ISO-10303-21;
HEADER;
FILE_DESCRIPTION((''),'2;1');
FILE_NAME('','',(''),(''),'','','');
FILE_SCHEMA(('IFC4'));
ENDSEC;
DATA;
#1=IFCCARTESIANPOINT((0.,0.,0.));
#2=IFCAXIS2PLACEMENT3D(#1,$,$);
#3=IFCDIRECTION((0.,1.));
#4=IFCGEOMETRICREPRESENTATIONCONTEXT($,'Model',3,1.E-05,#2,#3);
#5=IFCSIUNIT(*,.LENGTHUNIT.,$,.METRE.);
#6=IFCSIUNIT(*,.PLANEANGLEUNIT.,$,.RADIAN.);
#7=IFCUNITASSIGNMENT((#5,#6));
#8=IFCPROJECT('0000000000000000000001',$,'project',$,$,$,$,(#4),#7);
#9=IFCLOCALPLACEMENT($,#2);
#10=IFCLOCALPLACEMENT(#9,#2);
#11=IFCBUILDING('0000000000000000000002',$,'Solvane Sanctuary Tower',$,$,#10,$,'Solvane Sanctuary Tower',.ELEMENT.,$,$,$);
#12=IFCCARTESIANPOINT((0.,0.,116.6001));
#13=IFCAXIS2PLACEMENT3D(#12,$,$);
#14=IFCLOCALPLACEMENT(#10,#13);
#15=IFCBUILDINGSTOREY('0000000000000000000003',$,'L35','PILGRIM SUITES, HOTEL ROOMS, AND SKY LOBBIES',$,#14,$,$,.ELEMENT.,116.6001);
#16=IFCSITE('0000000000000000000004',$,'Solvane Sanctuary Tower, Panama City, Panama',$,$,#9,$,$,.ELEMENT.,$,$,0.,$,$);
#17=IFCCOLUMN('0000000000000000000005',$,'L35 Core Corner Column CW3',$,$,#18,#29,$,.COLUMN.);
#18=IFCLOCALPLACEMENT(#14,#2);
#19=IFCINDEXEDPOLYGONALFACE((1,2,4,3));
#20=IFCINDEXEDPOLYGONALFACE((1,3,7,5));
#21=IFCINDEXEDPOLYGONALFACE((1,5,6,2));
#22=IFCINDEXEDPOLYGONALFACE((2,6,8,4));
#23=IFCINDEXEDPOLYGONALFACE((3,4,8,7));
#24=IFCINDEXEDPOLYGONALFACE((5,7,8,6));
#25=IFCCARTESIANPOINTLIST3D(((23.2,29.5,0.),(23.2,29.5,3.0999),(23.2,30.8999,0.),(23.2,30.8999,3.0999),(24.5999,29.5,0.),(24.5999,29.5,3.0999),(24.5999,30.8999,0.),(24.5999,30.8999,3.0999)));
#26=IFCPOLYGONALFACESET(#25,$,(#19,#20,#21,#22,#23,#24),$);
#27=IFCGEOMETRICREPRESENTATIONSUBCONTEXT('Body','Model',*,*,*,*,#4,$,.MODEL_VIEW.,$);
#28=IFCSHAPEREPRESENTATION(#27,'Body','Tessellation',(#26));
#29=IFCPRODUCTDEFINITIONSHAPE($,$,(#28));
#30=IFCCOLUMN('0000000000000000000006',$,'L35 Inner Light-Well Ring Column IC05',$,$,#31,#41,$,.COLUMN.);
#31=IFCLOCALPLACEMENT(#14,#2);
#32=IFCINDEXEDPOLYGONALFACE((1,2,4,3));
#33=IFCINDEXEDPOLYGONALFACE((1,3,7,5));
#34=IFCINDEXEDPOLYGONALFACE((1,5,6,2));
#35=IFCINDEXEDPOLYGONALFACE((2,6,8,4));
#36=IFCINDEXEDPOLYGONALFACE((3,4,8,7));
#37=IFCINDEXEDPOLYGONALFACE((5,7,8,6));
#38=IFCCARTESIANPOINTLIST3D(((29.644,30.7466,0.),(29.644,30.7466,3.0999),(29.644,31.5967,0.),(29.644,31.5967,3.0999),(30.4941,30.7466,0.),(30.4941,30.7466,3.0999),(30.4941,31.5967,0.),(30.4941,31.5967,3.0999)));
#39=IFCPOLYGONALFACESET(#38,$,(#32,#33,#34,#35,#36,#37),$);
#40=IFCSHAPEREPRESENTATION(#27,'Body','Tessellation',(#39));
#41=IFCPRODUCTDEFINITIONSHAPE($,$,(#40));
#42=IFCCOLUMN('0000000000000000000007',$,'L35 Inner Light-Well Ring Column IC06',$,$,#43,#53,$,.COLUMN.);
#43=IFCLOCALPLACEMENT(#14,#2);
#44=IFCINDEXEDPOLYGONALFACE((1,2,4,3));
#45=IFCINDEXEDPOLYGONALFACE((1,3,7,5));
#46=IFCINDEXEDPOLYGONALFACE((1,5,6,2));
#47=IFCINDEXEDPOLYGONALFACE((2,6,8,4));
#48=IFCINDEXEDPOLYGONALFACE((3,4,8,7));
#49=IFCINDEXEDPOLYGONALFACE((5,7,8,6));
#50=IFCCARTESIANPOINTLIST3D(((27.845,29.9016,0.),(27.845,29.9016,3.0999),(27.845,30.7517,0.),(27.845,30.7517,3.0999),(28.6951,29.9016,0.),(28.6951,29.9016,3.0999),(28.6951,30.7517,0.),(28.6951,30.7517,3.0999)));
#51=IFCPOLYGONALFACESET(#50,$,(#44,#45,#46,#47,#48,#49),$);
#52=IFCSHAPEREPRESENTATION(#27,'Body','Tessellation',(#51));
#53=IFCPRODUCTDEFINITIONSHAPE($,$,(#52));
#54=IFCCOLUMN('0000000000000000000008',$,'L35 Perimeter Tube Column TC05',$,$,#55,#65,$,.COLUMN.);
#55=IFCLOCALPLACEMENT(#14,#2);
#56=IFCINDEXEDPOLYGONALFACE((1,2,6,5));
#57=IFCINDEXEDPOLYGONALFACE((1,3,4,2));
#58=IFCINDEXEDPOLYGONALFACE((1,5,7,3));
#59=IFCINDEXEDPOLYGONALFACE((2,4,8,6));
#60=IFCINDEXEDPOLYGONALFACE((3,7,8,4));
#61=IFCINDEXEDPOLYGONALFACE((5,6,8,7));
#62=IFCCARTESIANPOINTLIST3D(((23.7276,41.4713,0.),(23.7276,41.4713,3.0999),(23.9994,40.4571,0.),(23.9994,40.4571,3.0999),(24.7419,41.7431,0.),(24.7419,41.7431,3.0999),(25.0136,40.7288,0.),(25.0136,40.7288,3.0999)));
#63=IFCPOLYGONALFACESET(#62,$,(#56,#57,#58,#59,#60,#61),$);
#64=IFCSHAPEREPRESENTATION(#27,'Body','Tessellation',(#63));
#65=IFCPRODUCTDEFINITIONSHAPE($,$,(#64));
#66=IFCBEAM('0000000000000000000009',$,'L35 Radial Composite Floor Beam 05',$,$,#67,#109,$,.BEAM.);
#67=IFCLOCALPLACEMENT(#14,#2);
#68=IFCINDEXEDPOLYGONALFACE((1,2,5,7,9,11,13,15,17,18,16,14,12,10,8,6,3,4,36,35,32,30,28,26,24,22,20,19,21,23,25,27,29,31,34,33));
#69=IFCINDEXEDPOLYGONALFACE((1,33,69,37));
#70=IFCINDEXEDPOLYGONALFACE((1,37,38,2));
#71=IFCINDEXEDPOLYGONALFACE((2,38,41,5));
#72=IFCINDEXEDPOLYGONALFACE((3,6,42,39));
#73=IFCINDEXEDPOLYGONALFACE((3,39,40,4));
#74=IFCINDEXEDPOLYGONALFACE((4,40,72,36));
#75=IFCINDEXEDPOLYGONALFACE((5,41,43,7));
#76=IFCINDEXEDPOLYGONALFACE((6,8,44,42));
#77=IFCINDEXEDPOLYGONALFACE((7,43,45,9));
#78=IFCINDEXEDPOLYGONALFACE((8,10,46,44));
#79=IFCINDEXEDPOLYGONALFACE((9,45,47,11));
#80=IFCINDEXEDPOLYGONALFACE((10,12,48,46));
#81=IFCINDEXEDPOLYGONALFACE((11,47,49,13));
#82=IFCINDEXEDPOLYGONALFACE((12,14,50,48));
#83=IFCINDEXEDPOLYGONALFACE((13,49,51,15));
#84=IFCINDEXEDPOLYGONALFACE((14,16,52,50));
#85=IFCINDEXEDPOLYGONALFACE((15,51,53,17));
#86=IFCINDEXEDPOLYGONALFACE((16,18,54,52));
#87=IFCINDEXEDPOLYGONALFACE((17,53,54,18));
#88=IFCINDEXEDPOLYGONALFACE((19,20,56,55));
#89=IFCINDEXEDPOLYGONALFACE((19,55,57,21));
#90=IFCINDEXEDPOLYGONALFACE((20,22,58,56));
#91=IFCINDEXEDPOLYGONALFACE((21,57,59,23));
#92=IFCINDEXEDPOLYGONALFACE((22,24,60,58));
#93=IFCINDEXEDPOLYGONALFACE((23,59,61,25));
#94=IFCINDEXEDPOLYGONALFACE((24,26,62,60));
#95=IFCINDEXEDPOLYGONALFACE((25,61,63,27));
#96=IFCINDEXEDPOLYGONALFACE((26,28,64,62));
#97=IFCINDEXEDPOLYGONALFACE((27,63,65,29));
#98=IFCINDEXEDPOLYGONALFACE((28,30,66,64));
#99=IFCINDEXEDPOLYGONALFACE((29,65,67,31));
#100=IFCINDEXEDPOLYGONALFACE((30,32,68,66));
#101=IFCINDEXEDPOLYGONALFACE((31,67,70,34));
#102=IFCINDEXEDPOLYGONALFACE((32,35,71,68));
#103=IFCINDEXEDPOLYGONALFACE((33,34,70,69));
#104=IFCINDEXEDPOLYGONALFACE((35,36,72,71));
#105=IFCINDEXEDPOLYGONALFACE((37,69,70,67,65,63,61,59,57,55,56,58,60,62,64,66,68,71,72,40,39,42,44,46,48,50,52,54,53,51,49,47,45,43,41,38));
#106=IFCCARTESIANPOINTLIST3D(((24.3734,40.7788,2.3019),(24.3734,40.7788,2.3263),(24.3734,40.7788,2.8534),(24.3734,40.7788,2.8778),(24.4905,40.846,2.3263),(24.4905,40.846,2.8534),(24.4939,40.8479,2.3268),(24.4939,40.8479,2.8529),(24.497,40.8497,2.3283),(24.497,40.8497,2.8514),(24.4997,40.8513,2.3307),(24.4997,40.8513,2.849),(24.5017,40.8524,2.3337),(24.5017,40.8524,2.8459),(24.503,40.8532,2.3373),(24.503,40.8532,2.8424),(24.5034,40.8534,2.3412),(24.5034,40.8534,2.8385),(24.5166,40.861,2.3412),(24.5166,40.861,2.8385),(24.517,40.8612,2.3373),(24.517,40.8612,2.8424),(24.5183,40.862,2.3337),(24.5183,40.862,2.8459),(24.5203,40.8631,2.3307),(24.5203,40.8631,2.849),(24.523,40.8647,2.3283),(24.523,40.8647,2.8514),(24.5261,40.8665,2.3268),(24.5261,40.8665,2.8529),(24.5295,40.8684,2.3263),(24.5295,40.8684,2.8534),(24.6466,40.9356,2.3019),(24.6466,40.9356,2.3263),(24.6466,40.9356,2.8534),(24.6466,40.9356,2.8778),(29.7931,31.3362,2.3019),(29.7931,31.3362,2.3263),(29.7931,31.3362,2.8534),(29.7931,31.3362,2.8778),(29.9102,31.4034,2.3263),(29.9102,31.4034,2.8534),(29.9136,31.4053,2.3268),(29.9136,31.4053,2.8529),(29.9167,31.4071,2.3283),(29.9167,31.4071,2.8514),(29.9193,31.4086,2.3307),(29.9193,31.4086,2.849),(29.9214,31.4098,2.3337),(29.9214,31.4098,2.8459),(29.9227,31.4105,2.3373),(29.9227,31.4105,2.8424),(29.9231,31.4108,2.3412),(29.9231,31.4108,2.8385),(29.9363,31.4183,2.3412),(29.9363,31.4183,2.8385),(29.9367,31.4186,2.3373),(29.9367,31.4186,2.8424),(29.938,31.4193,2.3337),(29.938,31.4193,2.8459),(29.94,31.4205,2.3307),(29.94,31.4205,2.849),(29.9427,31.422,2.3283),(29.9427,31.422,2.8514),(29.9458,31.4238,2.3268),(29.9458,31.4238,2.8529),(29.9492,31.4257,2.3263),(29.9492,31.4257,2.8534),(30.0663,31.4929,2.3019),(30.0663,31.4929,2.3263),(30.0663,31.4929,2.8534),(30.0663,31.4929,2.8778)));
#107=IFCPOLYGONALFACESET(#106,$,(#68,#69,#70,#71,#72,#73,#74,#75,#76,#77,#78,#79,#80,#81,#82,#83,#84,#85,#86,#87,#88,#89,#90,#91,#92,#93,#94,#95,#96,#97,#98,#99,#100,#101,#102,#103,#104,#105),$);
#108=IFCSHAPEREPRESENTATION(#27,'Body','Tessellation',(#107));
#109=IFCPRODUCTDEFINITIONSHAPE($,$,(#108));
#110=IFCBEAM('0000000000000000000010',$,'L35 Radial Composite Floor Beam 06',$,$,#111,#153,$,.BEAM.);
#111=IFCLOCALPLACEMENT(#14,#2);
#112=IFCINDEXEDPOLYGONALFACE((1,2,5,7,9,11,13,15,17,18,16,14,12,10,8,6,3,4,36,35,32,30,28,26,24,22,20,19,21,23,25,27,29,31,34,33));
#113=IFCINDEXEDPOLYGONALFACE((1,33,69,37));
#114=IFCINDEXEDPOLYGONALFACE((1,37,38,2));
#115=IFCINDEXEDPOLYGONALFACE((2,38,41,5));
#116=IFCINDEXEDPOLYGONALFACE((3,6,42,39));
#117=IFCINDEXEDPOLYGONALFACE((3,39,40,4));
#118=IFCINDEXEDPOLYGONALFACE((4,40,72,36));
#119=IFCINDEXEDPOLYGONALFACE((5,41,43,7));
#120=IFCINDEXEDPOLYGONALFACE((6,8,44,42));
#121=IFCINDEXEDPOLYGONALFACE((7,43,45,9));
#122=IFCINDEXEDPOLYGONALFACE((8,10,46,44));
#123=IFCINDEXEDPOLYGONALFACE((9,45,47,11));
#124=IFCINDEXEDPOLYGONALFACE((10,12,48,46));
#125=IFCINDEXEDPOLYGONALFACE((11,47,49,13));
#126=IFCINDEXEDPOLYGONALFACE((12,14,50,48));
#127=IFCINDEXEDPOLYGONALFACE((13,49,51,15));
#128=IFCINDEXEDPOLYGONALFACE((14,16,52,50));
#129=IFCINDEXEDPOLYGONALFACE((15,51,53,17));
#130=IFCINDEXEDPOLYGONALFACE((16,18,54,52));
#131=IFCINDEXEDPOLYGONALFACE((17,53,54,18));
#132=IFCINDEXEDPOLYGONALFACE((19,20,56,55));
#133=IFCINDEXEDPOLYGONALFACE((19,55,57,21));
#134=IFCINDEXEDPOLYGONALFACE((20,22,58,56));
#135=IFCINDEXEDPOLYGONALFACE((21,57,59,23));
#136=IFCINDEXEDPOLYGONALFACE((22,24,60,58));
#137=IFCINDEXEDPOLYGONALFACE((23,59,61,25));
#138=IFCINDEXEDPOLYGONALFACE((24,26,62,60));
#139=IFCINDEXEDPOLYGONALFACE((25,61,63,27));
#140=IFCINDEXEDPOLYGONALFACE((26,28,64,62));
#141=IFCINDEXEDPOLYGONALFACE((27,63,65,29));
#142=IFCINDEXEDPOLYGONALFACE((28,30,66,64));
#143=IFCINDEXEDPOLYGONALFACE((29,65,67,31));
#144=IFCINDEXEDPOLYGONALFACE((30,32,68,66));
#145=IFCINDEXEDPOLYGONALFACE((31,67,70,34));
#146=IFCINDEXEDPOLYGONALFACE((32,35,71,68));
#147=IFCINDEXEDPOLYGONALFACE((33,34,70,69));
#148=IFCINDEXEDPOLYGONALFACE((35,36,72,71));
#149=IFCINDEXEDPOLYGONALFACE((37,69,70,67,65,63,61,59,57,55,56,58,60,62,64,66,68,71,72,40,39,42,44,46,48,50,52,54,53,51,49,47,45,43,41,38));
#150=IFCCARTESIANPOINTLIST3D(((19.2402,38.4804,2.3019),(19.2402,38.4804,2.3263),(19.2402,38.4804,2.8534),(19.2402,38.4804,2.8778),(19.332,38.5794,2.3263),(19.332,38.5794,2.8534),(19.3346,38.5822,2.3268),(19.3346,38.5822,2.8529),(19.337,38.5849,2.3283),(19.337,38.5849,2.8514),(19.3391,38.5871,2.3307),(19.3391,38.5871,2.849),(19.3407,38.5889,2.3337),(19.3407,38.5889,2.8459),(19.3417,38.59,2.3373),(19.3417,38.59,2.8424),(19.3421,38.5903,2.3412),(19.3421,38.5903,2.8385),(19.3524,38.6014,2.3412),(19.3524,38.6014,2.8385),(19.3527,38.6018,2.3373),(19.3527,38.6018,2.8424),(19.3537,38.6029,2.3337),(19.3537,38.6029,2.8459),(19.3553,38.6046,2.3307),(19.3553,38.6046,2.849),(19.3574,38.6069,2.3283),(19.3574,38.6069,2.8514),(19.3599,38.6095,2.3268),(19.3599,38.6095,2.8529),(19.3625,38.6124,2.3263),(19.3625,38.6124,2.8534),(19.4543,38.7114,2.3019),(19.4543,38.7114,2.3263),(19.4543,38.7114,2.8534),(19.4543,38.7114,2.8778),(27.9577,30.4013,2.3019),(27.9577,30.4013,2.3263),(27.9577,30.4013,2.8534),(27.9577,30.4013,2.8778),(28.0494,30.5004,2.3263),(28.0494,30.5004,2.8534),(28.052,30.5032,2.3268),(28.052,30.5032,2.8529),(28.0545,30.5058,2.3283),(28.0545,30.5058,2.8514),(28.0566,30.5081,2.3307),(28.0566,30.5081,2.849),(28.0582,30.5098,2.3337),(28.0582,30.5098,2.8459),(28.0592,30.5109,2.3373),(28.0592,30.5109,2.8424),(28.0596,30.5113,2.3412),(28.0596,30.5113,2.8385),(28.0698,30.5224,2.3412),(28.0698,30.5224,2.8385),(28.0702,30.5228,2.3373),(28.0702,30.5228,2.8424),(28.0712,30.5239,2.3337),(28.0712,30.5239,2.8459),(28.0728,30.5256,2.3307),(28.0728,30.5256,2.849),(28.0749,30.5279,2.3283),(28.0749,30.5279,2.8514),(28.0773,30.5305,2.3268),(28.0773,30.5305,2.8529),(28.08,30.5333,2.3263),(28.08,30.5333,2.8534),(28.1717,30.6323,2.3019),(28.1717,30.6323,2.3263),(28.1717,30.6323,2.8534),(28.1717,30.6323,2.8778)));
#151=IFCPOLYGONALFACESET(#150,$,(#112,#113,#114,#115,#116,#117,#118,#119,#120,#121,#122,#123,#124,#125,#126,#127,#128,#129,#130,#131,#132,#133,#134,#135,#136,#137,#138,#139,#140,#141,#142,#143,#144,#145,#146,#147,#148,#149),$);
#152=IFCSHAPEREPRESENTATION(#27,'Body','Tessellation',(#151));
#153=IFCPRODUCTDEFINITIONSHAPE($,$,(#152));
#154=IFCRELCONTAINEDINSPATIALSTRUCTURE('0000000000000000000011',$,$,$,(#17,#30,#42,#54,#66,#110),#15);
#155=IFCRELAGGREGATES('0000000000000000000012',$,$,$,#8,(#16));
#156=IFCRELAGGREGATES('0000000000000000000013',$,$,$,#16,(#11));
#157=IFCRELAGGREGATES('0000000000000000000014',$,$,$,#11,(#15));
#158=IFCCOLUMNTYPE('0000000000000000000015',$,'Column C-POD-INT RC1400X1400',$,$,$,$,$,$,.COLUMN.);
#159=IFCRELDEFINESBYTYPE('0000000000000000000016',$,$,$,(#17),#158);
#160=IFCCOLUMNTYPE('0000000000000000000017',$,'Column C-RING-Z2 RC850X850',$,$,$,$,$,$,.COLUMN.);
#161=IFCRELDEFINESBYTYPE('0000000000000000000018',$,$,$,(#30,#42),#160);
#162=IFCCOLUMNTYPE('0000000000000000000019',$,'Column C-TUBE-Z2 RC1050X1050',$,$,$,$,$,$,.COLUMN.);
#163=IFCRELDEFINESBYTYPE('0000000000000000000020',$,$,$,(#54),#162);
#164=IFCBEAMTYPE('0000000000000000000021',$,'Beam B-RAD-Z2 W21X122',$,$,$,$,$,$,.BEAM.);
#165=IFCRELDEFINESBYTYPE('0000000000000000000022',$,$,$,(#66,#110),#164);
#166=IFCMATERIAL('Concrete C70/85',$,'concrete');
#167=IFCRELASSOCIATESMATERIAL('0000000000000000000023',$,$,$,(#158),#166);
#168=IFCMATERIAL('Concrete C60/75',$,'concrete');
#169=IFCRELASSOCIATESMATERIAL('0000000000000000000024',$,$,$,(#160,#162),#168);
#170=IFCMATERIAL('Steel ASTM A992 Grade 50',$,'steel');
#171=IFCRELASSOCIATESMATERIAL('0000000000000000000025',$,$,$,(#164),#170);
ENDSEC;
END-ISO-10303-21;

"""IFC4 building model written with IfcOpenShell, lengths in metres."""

from ifc_helpers import new_model, si_unit, direction, frame, origin, origin_2d, place, context, subcontext, project, spatial, rectangle, i_section, extrude, material, material_profile, profile_set, type_object, element, save


model = new_model("IFC4")

# Units and contexts
model_context = context("Model", 3, precision=1e-05, world=origin(), true_north=direction((0.0, 1.0)))
body_context = subcontext(model_context, "Body", "Model", "MODEL_VIEW")
ifc_project = project(units=[si_unit("LENGTHUNIT", "METRE"), si_unit("PLANEANGLEUNIT", "RADIAN")], contexts=[model_context])

# Site, building, storey
site_placement = place(None, origin())
site = spatial("IfcSite", under=ifc_project, at=site_placement, Name="Solvane Sanctuary Tower, Panama City, Panama", CompositionType="ELEMENT", RefElevation=0.0)
building_placement = place(site_placement, origin())
building = spatial("IfcBuilding", under=site, at=building_placement, Name="Solvane Sanctuary Tower", LongName="Solvane Sanctuary Tower", CompositionType="ELEMENT")
storey_placement = place(building_placement, frame((0.0, 0.0, 116.6001)))
storey = spatial("IfcBuildingStorey", under=building, at=storey_placement, Name="L35", Description="PILGRIM SUITES, HOTEL ROOMS, AND SKY LOBBIES", CompositionType="ELEMENT", Elevation=116.6001)

# Columns
ifc_material_1 = material(Name="Concrete C70/85", Category="concrete")
ifc_material_profile_1 = material_profile(ifc_material_1, rectangle(XDim=1.3999, YDim=1.3999, at=origin_2d()), Name="RC1400X1400")
ifc_profile_set_1 = profile_set([ifc_material_profile_1], Name="Concrete C70/85")
column_type_1 = type_object("IfcColumnType", Name="Column C-POD-INT RC1400X1400", PredefinedType="COLUMN", material=ifc_profile_set_1)
column_1_placement = place(storey_placement, frame((23.8999, 30.2, 0.0), z_axis=(0.0, 0.0, 1.0), x_axis=(1.0, 0.0, 0.0)))
element("IfcColumn", 1, at=column_1_placement, inside=storey, type_object=column_type_1, Name="L35 Core Corner Column CW3", PredefinedType="COLUMN", context=body_context, shape_type="SweptSolid", body=[
    extrude(rectangle(XDim=1.3999, YDim=1.3999, at=origin_2d()), origin(), (0.0, 0.0, 1.0), 3.0999),
])
ifc_material_2 = material(Name="Concrete C60/75", Category="concrete")
ifc_material_profile_2 = material_profile(ifc_material_2, rectangle(XDim=0.8501, YDim=0.8501, at=origin_2d()), Name="RC850X850")
ifc_profile_set_2 = profile_set([ifc_material_profile_2], Name="Concrete C60/75")
column_type_2 = type_object("IfcColumnType", Name="Column C-RING-Z2 RC850X850", PredefinedType="COLUMN", material=ifc_profile_set_2)
for number, where, z_axis, x_axis, name in (
    (2, (30.0691, 31.1716, 0.0), (0.0, 0.0, 1.0), (1.0, 0.0, 0.0), "L35 Inner Light-Well Ring Column IC05"),
    (3, (28.27, 30.3267, 0.0), (0.0, 0.0, 1.0), (1.0, 0.0, 0.0), "L35 Inner Light-Well Ring Column IC06"),
):
    element("IfcColumn", number, at=place(storey_placement, frame(where, z_axis=z_axis, x_axis=x_axis)), inside=storey, type_object=column_type_2, Name=name, PredefinedType="COLUMN", context=body_context, shape_type="SweptSolid", body=[
        extrude(rectangle(XDim=0.8501, YDim=0.8501, at=origin_2d()), origin(), (0.0, 0.0, 1.0), 3.0999),
    ])
ifc_material_profile_3 = material_profile(ifc_material_2, rectangle(XDim=1.05, YDim=1.05, at=origin_2d()), Name="RC1050X1050")
ifc_profile_set_3 = profile_set([ifc_material_profile_3], Name="Concrete C60/75")
column_type_3 = type_object("IfcColumnType", Name="Column C-TUBE-Z2 RC1050X1050", PredefinedType="COLUMN", material=ifc_profile_set_3)
column_2_placement = place(storey_placement, frame((24.3706, 41.1001, 0.0), z_axis=(0.0, 0.0, 1.0), x_axis=(-0.258819, 0.965926, 0.0)))
element("IfcColumn", 4, at=column_2_placement, inside=storey, type_object=column_type_3, Name="L35 Perimeter Tube Column TC05", PredefinedType="COLUMN", context=body_context, shape_type="SweptSolid", body=[
    extrude(rectangle(XDim=1.05, YDim=1.05, at=origin_2d()), origin(), (0.0, 0.0, 1.0), 3.0999),
])

# Beams
ifc_material_3 = material(Name="Steel ASTM A992 Grade 50", Category="steel")
ifc_material_profile_4 = material_profile(ifc_material_3, i_section(OverallWidth=0.3149, OverallDepth=0.5759, WebThickness=0.0151, FlangeThickness=0.0244, FilletRadius=0.0149, at=origin_2d()), Name="W21X122")
ifc_profile_set_4 = profile_set([ifc_material_profile_4], Name="Steel ASTM A992 Grade 50")
beam_type_1 = type_object("IfcBeamType", Name="Beam B-RAD-Z2 W21X122", PredefinedType="BEAM", material=ifc_profile_set_4)
beam_1_placement = place(storey_placement, frame((29.9297, 31.4146, 2.5898), z_axis=(-0.497792, 0.867296, 0.0), x_axis=(-0.867296, -0.497792, 0.0)))
element("IfcBeam", 5, at=beam_1_placement, inside=storey, type_object=beam_type_1, Name="L35 Radial Composite Floor Beam 05", PredefinedType="BEAM", context=body_context, shape_type="SweptSolid", body=[
    extrude(i_section(OverallWidth=0.3149, OverallDepth=0.5759, WebThickness=0.0151, FlangeThickness=0.0244, FilletRadius=0.0149, at=origin_2d()), origin(), (0.0, 0.0, 1.0), 10.8875),
])
beam_2_placement = place(storey_placement, frame((28.0647, 30.5168, 2.5898), z_axis=(-0.733454, 0.679739, 0.0), x_axis=(-0.679739, -0.733454, 0.0)))
element("IfcBeam", 6, at=beam_2_placement, inside=storey, type_object=beam_type_1, Name="L35 Radial Composite Floor Beam 06", PredefinedType="BEAM", context=body_context, shape_type="SweptSolid", body=[
    extrude(i_section(OverallWidth=0.3149, OverallDepth=0.5759, WebThickness=0.0151, FlangeThickness=0.0244, FilletRadius=0.0149, at=origin_2d()), origin(), (0.0, 0.0, 1.0), 11.8855),
])

save(model, "model.ifc")
